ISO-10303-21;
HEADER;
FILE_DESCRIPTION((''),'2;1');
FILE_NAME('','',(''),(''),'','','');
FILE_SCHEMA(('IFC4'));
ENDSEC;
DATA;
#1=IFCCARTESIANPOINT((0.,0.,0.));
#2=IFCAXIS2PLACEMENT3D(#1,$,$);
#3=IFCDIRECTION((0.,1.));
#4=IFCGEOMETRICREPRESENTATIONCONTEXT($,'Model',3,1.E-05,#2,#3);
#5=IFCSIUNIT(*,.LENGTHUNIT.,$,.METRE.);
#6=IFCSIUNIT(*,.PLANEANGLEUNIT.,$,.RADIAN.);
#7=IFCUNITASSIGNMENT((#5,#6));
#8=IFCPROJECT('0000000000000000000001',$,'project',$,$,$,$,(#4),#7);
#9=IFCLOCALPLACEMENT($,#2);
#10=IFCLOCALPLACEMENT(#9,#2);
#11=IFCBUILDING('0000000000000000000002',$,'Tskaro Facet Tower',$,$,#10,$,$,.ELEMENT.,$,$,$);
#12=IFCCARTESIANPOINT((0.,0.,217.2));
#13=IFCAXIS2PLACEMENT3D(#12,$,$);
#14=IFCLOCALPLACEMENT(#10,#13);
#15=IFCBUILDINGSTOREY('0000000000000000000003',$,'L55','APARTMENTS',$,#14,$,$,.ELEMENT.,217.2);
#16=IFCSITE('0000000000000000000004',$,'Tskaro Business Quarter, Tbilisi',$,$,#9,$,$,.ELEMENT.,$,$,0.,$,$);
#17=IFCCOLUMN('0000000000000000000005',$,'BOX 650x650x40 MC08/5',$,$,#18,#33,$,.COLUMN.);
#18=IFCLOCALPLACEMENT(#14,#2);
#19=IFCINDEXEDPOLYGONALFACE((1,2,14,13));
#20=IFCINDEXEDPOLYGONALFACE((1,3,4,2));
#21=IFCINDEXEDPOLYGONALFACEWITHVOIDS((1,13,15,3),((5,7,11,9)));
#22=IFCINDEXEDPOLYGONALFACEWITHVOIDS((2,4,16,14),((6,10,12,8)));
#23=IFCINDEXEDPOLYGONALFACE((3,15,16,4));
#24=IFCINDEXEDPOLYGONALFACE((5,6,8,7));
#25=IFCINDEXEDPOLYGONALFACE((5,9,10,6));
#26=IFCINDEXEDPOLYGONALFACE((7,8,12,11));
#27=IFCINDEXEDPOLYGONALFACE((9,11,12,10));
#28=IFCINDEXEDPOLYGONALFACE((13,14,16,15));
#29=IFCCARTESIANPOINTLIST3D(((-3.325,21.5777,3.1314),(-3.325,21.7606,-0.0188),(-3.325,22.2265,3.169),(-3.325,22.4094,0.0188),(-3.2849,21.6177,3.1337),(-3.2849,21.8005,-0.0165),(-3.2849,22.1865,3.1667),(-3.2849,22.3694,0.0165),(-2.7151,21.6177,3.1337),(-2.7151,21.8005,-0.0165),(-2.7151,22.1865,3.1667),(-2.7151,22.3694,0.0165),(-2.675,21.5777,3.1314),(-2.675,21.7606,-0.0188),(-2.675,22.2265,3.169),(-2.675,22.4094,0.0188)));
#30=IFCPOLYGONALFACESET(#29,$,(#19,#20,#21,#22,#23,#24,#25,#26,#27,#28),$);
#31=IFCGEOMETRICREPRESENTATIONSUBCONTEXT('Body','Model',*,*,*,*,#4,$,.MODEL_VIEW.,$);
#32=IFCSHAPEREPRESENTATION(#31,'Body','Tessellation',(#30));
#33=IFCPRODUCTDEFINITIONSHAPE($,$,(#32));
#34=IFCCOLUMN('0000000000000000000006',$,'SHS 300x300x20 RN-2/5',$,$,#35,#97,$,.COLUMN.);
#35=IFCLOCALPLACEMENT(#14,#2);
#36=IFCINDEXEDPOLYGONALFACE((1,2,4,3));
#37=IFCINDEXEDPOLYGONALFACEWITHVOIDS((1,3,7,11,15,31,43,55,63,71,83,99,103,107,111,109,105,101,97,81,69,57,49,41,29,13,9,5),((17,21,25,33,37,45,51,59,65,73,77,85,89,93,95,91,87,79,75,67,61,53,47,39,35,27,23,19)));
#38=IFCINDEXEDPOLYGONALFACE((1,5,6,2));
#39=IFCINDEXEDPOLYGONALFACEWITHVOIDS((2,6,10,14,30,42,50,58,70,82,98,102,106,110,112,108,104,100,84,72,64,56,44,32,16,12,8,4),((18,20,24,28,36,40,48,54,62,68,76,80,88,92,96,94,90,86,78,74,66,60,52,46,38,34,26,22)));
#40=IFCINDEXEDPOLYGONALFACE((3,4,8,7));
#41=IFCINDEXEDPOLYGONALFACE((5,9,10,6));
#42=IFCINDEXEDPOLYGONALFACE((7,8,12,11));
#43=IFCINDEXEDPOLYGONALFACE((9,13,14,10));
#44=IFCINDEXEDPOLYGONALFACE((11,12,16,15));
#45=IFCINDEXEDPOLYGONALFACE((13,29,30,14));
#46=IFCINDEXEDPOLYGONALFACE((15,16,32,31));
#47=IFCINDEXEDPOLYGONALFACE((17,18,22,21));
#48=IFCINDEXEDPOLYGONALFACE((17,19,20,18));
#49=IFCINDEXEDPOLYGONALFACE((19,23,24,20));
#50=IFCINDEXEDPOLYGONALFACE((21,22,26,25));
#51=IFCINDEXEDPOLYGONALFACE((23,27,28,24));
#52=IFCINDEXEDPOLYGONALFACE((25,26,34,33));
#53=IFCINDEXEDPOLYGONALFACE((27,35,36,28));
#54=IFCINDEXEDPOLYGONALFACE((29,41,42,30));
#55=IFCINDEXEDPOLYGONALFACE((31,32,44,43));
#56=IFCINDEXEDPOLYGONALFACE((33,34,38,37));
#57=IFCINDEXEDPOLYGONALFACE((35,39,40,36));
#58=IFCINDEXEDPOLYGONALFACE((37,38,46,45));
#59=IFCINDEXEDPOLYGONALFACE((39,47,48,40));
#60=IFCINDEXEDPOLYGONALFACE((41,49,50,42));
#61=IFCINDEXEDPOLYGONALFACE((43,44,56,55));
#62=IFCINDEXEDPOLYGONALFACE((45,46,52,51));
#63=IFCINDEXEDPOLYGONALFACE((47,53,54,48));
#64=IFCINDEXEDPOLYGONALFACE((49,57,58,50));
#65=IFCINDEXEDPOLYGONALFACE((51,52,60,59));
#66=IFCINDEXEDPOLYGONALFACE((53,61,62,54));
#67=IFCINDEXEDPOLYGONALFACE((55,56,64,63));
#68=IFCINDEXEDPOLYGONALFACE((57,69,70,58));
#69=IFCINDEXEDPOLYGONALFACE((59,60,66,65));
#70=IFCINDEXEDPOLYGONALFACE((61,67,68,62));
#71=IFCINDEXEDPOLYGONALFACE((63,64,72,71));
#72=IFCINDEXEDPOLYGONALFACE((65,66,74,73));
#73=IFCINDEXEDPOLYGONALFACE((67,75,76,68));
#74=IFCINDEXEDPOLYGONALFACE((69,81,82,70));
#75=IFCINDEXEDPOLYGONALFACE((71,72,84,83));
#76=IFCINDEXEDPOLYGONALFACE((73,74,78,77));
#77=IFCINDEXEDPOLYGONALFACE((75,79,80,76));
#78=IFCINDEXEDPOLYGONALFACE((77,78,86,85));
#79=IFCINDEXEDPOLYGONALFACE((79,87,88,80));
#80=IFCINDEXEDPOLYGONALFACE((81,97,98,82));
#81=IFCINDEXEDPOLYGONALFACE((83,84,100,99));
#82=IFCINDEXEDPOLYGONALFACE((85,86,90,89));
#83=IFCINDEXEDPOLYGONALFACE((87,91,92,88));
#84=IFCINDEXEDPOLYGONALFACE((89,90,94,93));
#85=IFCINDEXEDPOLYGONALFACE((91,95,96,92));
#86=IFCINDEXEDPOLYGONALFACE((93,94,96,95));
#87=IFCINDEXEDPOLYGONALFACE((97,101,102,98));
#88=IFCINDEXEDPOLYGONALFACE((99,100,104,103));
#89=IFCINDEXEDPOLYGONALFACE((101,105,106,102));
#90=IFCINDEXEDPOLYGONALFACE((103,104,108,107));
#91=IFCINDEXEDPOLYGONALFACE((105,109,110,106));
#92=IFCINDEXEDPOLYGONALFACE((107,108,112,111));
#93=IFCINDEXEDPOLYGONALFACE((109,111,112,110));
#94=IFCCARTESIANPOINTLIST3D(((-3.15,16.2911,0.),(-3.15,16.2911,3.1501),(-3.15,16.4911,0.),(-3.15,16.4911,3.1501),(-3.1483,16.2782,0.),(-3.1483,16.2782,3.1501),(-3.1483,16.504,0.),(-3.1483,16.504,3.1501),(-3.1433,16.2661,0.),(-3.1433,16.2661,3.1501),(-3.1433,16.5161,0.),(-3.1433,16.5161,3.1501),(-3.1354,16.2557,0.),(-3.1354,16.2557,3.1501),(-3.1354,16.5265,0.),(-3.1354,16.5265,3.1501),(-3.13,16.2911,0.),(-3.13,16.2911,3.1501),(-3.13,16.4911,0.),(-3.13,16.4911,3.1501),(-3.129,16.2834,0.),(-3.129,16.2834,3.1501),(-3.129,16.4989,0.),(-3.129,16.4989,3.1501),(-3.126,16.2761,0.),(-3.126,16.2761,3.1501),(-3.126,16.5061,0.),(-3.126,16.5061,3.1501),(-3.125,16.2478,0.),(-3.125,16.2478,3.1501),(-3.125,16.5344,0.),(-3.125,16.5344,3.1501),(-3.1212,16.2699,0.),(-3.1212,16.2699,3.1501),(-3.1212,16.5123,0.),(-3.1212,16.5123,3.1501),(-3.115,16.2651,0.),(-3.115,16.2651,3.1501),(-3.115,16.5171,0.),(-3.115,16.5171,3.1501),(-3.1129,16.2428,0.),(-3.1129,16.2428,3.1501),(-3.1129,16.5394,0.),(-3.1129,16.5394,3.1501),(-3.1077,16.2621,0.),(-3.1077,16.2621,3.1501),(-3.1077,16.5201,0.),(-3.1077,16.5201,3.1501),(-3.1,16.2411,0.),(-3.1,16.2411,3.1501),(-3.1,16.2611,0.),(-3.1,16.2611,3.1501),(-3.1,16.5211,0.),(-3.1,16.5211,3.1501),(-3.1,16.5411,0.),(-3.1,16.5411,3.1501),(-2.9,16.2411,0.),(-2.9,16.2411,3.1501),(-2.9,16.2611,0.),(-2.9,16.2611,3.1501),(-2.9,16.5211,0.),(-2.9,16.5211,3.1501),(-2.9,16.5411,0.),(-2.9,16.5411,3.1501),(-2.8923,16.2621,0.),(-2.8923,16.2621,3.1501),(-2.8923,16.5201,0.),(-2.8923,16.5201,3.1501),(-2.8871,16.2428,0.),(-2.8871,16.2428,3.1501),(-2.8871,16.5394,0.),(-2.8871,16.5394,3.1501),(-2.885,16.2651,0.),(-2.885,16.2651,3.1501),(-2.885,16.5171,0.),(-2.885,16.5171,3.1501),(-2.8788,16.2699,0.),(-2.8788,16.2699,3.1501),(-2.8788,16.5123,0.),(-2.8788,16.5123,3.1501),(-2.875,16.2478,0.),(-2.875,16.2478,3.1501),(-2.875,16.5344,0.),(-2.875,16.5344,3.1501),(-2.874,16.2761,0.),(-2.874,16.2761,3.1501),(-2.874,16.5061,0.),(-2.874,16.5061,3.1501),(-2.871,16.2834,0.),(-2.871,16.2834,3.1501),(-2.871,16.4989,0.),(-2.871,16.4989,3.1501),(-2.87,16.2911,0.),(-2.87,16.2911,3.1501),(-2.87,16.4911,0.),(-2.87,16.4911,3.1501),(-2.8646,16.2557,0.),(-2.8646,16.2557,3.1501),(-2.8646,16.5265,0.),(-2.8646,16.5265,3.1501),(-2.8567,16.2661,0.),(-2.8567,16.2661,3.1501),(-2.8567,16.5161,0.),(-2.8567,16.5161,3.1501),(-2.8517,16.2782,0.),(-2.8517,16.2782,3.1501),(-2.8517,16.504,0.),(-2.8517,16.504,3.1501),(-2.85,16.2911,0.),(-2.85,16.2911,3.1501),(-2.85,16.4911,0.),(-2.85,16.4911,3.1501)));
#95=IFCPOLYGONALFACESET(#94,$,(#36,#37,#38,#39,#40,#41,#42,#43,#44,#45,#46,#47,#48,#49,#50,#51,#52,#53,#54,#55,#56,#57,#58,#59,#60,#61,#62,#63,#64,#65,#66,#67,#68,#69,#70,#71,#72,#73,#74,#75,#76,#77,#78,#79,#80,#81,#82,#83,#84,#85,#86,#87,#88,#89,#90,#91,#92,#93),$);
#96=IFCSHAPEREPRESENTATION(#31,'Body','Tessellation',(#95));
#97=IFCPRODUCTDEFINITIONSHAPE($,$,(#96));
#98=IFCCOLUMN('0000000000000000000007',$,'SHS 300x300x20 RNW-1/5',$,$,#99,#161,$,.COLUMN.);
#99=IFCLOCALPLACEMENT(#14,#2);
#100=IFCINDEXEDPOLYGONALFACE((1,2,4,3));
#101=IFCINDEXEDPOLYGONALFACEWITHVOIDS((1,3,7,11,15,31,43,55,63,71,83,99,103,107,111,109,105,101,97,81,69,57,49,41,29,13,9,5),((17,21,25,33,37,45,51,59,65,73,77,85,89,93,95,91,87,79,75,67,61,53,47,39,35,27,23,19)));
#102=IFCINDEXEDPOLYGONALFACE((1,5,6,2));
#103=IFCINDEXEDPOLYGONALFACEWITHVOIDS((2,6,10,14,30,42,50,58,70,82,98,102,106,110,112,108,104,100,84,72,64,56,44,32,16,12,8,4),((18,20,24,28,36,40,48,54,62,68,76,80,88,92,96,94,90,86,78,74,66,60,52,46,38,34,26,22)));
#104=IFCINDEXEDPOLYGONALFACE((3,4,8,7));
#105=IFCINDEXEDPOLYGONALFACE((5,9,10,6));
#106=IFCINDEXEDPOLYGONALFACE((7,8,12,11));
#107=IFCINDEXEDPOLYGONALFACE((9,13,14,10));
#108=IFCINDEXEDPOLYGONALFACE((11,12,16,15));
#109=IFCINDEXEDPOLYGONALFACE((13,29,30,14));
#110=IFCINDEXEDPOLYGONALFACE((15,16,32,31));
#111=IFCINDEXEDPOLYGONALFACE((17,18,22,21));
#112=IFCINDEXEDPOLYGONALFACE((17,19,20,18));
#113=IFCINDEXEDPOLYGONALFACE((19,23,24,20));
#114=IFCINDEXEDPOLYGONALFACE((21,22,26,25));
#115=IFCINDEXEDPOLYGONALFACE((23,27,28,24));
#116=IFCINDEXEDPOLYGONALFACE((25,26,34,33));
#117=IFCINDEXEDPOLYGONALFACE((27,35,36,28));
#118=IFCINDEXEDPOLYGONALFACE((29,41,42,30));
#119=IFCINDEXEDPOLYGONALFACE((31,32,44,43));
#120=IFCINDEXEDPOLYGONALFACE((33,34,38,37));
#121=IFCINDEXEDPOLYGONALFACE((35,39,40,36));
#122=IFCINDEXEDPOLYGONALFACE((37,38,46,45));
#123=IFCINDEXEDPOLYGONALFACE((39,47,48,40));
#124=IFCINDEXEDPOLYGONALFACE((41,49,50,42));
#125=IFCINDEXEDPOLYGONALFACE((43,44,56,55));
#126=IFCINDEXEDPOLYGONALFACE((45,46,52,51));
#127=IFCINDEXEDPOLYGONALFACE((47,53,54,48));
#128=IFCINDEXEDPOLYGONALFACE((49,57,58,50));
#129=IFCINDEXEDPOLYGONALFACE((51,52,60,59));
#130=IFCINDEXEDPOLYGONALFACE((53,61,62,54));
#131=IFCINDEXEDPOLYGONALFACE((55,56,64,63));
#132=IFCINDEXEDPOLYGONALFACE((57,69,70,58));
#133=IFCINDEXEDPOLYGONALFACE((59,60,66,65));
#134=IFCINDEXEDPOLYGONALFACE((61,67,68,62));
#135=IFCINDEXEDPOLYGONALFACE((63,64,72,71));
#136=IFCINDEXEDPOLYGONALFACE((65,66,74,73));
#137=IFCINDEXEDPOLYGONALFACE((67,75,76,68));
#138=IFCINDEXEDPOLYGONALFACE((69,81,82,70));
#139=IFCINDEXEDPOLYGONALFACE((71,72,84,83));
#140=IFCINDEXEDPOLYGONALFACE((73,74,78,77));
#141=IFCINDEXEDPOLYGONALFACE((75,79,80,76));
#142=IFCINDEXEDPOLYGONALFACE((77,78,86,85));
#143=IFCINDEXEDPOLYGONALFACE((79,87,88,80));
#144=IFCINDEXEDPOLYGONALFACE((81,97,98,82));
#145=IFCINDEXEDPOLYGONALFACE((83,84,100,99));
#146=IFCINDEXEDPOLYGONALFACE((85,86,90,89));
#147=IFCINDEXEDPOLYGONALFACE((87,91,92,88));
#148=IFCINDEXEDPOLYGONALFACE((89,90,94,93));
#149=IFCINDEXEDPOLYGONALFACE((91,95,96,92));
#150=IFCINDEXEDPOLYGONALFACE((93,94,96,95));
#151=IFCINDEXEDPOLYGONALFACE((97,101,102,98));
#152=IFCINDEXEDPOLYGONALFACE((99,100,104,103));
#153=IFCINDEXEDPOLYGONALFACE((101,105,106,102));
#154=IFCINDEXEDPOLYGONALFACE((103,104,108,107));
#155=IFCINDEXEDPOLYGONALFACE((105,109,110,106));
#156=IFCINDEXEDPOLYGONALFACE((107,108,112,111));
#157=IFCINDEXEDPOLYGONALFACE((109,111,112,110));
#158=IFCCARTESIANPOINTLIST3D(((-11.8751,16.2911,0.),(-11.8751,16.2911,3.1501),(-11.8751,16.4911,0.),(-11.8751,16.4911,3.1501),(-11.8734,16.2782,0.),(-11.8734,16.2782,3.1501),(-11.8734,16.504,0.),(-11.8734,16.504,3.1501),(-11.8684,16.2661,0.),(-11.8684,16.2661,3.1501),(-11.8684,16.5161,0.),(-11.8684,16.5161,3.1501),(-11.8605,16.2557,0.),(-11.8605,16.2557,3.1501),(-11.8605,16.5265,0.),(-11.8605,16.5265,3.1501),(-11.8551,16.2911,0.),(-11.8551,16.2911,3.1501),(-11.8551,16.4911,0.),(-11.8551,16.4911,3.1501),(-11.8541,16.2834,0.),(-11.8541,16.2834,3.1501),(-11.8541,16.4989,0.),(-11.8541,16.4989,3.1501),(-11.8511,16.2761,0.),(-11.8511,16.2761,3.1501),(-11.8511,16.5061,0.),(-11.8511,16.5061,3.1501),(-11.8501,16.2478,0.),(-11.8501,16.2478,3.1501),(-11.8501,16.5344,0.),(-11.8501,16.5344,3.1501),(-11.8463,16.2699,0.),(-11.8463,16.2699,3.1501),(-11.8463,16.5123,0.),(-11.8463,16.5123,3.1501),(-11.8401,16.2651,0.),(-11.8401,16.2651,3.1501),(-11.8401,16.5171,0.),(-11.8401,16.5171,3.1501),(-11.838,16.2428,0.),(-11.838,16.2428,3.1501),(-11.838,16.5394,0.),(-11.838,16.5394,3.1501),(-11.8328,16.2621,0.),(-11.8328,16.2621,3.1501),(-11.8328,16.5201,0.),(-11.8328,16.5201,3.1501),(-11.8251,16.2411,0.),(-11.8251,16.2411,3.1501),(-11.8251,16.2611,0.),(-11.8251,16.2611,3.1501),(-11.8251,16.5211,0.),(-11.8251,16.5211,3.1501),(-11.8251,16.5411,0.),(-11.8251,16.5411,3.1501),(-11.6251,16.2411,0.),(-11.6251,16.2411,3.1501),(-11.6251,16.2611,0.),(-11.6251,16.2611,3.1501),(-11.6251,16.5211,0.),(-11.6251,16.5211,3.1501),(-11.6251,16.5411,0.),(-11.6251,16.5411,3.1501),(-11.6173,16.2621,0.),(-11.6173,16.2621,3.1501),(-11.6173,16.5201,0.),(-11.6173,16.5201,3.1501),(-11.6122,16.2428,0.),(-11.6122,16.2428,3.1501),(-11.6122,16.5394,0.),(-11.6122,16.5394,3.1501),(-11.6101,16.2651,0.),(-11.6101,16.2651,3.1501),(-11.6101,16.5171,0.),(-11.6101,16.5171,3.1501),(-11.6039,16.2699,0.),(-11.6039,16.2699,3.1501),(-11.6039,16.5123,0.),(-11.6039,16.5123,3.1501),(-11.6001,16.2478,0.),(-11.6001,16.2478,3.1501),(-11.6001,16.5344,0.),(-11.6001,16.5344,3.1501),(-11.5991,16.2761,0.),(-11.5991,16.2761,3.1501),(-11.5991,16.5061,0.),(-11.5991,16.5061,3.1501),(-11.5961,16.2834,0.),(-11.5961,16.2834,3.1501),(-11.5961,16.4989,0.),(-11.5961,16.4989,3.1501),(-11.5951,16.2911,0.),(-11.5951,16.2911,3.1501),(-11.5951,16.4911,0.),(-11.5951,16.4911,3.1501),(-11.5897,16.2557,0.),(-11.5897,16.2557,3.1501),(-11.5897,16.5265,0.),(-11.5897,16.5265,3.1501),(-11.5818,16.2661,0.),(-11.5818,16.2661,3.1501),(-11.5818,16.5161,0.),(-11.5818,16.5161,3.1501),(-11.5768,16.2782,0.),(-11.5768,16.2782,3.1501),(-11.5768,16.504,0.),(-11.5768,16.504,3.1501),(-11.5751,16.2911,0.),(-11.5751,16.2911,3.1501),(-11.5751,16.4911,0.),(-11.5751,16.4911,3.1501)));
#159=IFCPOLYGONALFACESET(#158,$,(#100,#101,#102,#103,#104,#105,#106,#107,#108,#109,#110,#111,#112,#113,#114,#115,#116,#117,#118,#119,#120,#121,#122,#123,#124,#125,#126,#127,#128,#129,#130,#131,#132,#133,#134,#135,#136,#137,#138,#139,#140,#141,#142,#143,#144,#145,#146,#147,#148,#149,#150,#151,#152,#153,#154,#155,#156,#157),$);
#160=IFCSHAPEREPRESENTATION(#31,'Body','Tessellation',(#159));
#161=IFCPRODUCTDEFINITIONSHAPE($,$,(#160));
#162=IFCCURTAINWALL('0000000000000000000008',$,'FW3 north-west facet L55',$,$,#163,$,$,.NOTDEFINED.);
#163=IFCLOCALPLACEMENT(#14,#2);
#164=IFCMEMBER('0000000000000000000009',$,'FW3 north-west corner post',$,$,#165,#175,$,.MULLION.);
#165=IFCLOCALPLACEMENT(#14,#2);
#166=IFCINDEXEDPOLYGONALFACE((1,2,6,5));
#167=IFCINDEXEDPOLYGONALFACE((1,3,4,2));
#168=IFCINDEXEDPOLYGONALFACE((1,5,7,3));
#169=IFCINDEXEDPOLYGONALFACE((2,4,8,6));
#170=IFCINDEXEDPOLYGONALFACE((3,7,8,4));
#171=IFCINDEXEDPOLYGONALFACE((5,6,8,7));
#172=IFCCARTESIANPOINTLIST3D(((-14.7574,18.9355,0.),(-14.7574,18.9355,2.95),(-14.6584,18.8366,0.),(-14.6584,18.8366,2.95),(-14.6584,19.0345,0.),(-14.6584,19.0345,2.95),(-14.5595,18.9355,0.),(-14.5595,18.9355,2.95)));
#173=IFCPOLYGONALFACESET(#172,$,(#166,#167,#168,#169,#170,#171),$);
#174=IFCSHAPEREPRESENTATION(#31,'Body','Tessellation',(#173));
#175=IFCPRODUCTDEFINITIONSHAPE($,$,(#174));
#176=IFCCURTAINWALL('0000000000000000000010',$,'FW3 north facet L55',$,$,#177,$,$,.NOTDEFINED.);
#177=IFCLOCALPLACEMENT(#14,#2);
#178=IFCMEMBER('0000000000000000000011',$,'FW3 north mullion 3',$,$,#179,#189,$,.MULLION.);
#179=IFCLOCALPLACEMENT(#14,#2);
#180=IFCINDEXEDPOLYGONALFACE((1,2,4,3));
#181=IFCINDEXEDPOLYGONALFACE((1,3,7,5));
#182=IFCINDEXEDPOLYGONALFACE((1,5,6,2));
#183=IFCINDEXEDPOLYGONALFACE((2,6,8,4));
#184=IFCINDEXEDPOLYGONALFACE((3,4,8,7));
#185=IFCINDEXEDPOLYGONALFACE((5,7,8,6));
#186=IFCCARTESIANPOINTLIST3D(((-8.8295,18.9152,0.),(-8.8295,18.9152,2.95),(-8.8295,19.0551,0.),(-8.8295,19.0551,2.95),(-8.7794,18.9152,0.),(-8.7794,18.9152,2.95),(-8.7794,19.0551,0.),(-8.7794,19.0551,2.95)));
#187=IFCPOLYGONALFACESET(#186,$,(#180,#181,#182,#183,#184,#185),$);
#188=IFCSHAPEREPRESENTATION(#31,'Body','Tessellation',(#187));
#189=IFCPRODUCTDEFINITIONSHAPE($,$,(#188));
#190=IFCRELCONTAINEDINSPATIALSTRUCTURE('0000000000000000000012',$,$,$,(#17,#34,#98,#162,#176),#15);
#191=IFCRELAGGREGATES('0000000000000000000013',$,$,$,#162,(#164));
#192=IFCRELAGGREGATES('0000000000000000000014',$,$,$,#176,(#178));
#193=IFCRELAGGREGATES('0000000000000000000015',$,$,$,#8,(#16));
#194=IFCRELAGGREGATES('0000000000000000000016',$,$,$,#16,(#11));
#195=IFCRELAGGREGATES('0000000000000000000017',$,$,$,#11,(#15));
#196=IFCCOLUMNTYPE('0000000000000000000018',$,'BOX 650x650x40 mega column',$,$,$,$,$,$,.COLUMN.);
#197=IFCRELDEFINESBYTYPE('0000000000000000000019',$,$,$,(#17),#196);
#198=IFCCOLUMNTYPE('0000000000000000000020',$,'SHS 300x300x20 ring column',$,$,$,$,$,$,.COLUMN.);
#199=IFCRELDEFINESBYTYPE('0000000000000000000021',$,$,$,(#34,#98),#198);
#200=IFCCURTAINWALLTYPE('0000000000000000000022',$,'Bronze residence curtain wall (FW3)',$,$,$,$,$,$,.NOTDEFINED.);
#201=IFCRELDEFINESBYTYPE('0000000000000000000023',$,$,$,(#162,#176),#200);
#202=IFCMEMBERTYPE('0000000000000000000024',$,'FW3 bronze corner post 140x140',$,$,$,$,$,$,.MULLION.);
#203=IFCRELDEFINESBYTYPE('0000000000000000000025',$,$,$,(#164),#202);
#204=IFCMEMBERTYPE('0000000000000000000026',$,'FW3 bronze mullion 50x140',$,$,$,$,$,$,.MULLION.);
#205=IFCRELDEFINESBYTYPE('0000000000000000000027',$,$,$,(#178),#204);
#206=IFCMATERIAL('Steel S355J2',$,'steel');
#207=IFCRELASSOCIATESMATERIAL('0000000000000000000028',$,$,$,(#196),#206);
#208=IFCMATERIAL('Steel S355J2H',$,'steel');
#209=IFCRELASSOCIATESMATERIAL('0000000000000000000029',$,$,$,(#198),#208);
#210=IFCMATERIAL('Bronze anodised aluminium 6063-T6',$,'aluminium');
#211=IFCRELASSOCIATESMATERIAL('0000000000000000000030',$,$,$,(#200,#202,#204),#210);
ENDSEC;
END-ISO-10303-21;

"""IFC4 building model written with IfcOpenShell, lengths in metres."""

from ifc_helpers import new_model, si_unit, direction, frame, origin, origin_2d, place, context, subcontext, project, spatial, rectangle, hollow_rectangle, extrude, material, material_profile, profile_set, type_object, element, aggregate, save


model = new_model("IFC4")

# Units and contexts
model_context = context("Model", 3, precision=1e-05, world=origin(), true_north=direction((0.0, 1.0)))
body_context = subcontext(model_context, "Body", "Model", "MODEL_VIEW")
ifc_project = project(units=[si_unit("LENGTHUNIT", "METRE"), si_unit("PLANEANGLEUNIT", "RADIAN")], contexts=[model_context])

# Site, building, storey
site_placement = place(None, origin())
site = spatial("IfcSite", under=ifc_project, at=site_placement, Name="Tskaro Business Quarter, Tbilisi", CompositionType="ELEMENT", RefElevation=0.0)
building_placement = place(site_placement, origin())
building = spatial("IfcBuilding", under=site, at=building_placement, Name="Tskaro Facet Tower", CompositionType="ELEMENT")
storey_placement = place(building_placement, frame((0.0, 0.0, 217.2)))
storey = spatial("IfcBuildingStorey", under=building, at=storey_placement, Name="L55", Description="APARTMENTS", CompositionType="ELEMENT", Elevation=217.2)

# Columns
ifc_material_1 = material(Name="Steel S355J2", Category="steel")
ifc_material_profile_1 = material_profile(ifc_material_1, hollow_rectangle(XDim=0.6499, YDim=0.6499, WallThickness=0.04, at=origin_2d()), Name="BOX 650x650x40")
ifc_profile_set_1 = profile_set([ifc_material_profile_1], Name="Steel S355J2")
column_type_1 = type_object("IfcColumnType", Name="BOX 650x650x40 mega column", PredefinedType="COLUMN", material=ifc_profile_set_1)
column_placement = place(storey_placement, frame((-3.0, 22.085, 0.0), z_axis=(0.0, -0.057951, 0.998319), x_axis=(1.0, 0.0, 0.0)))
element("IfcColumn", 1, at=column_placement, inside=storey, type_object=column_type_1, Name="BOX 650x650x40 MC08/5", PredefinedType="COLUMN", context=body_context, shape_type="SweptSolid", body=[
    extrude(hollow_rectangle(XDim=0.6499, YDim=0.6499, WallThickness=0.04, at=origin_2d()), origin(), (0.0, 0.0, 1.0), 3.1555),
])
ifc_material_2 = material(Name="Steel S355J2H", Category="steel")
ifc_material_profile_2 = material_profile(ifc_material_2, hollow_rectangle(XDim=0.3, YDim=0.3, WallThickness=0.02, InnerFilletRadius=0.03, OuterFilletRadius=0.05, at=origin_2d()), Name="SHS 300x300x20")
ifc_profile_set_2 = profile_set([ifc_material_profile_2], Name="Steel S355J2H")
column_type_2 = type_object("IfcColumnType", Name="SHS 300x300x20 ring column", PredefinedType="COLUMN", material=ifc_profile_set_2)
for number, where, z_axis, x_axis, name in (
    (2, (-3.0, 16.3911, 0.0), (0.0, 0.0, 1.0), (1.0, 0.0, 0.0), "SHS 300x300x20 RN-2/5"),
    (3, (-11.7251, 16.3911, 0.0), (0.0, 0.0, 1.0), (1.0, 0.0, 0.0), "SHS 300x300x20 RNW-1/5"),
):
    element("IfcColumn", number, at=place(storey_placement, frame(where, z_axis=z_axis, x_axis=x_axis)), inside=storey, type_object=column_type_2, Name=name, PredefinedType="COLUMN", context=body_context, shape_type="SweptSolid", body=[
        extrude(hollow_rectangle(XDim=0.3, YDim=0.3, WallThickness=0.02, InnerFilletRadius=0.03, OuterFilletRadius=0.05, at=origin_2d()), origin(), (0.0, 0.0, 1.0), 3.1501),
    ])

# Curtain wall, member
ifc_material_3 = material(Name="Bronze anodised aluminium 6063-T6", Category="aluminium")
curtain_wall_type = type_object("IfcCurtainWallType", Name="Bronze residence curtain wall (FW3)", PredefinedType="NOTDEFINED", material=ifc_material_3)
curtain_wall_1_placement = place(storey_placement, origin())
curtain_wall_1 = element("IfcCurtainWall", 4, at=curtain_wall_1_placement, inside=storey, type_object=curtain_wall_type, Name="FW3 north-west facet L55", PredefinedType="NOTDEFINED")
ifc_material_profile_3 = material_profile(ifc_material_3, rectangle(XDim=0.1399, YDim=0.1399, at=origin_2d()), Name="Corner post 140x140")
ifc_profile_set_3 = profile_set([ifc_material_profile_3], Name="Bronze anodised aluminium 6063-T6")
member_type_1 = type_object("IfcMemberType", Name="FW3 bronze corner post 140x140", PredefinedType="MULLION", material=ifc_profile_set_3)
member_1_placement = place(storey_placement, frame((-14.6584, 18.9355, 0.0), z_axis=(0.0, 0.0, 1.0), x_axis=(-0.707107, -0.707107, 0.0)))
member_1 = element("IfcMember", 5, at=member_1_placement, type_object=member_type_1, Name="FW3 north-west corner post", PredefinedType="MULLION", context=body_context, shape_type="SweptSolid", body=[
    extrude(rectangle(XDim=0.1399, YDim=0.1399, at=origin_2d()), origin(), (0.0, 0.0, 1.0), 2.95),
])

# Curtain wall, member
curtain_wall_2_placement = place(storey_placement, origin())
curtain_wall_2 = element("IfcCurtainWall", 6, at=curtain_wall_2_placement, inside=storey, type_object=curtain_wall_type, Name="FW3 north facet L55", PredefinedType="NOTDEFINED")
ifc_material_profile_4 = material_profile(ifc_material_3, rectangle(XDim=0.05, YDim=0.1399, at=origin_2d()), Name="Mullion 50x140")
ifc_profile_set_4 = profile_set([ifc_material_profile_4], Name="Bronze anodised aluminium 6063-T6")
member_type_2 = type_object("IfcMemberType", Name="FW3 bronze mullion 50x140", PredefinedType="MULLION", material=ifc_profile_set_4)
member_2_placement = place(storey_placement, frame((-8.8044, 18.9851, 0.0), z_axis=(0.0, 0.0, 1.0), x_axis=(-1.0, 0.0, 0.0)))
member_2 = element("IfcMember", 7, at=member_2_placement, type_object=member_type_2, Name="FW3 north mullion 3", PredefinedType="MULLION", context=body_context, shape_type="SweptSolid", body=[
    extrude(rectangle(XDim=0.05, YDim=0.1399, at=origin_2d()), origin(), (0.0, 0.0, 1.0), 2.95),
])

aggregate(curtain_wall_1, [member_1])

aggregate(curtain_wall_2, [member_2])

save(model, "model.ifc")
